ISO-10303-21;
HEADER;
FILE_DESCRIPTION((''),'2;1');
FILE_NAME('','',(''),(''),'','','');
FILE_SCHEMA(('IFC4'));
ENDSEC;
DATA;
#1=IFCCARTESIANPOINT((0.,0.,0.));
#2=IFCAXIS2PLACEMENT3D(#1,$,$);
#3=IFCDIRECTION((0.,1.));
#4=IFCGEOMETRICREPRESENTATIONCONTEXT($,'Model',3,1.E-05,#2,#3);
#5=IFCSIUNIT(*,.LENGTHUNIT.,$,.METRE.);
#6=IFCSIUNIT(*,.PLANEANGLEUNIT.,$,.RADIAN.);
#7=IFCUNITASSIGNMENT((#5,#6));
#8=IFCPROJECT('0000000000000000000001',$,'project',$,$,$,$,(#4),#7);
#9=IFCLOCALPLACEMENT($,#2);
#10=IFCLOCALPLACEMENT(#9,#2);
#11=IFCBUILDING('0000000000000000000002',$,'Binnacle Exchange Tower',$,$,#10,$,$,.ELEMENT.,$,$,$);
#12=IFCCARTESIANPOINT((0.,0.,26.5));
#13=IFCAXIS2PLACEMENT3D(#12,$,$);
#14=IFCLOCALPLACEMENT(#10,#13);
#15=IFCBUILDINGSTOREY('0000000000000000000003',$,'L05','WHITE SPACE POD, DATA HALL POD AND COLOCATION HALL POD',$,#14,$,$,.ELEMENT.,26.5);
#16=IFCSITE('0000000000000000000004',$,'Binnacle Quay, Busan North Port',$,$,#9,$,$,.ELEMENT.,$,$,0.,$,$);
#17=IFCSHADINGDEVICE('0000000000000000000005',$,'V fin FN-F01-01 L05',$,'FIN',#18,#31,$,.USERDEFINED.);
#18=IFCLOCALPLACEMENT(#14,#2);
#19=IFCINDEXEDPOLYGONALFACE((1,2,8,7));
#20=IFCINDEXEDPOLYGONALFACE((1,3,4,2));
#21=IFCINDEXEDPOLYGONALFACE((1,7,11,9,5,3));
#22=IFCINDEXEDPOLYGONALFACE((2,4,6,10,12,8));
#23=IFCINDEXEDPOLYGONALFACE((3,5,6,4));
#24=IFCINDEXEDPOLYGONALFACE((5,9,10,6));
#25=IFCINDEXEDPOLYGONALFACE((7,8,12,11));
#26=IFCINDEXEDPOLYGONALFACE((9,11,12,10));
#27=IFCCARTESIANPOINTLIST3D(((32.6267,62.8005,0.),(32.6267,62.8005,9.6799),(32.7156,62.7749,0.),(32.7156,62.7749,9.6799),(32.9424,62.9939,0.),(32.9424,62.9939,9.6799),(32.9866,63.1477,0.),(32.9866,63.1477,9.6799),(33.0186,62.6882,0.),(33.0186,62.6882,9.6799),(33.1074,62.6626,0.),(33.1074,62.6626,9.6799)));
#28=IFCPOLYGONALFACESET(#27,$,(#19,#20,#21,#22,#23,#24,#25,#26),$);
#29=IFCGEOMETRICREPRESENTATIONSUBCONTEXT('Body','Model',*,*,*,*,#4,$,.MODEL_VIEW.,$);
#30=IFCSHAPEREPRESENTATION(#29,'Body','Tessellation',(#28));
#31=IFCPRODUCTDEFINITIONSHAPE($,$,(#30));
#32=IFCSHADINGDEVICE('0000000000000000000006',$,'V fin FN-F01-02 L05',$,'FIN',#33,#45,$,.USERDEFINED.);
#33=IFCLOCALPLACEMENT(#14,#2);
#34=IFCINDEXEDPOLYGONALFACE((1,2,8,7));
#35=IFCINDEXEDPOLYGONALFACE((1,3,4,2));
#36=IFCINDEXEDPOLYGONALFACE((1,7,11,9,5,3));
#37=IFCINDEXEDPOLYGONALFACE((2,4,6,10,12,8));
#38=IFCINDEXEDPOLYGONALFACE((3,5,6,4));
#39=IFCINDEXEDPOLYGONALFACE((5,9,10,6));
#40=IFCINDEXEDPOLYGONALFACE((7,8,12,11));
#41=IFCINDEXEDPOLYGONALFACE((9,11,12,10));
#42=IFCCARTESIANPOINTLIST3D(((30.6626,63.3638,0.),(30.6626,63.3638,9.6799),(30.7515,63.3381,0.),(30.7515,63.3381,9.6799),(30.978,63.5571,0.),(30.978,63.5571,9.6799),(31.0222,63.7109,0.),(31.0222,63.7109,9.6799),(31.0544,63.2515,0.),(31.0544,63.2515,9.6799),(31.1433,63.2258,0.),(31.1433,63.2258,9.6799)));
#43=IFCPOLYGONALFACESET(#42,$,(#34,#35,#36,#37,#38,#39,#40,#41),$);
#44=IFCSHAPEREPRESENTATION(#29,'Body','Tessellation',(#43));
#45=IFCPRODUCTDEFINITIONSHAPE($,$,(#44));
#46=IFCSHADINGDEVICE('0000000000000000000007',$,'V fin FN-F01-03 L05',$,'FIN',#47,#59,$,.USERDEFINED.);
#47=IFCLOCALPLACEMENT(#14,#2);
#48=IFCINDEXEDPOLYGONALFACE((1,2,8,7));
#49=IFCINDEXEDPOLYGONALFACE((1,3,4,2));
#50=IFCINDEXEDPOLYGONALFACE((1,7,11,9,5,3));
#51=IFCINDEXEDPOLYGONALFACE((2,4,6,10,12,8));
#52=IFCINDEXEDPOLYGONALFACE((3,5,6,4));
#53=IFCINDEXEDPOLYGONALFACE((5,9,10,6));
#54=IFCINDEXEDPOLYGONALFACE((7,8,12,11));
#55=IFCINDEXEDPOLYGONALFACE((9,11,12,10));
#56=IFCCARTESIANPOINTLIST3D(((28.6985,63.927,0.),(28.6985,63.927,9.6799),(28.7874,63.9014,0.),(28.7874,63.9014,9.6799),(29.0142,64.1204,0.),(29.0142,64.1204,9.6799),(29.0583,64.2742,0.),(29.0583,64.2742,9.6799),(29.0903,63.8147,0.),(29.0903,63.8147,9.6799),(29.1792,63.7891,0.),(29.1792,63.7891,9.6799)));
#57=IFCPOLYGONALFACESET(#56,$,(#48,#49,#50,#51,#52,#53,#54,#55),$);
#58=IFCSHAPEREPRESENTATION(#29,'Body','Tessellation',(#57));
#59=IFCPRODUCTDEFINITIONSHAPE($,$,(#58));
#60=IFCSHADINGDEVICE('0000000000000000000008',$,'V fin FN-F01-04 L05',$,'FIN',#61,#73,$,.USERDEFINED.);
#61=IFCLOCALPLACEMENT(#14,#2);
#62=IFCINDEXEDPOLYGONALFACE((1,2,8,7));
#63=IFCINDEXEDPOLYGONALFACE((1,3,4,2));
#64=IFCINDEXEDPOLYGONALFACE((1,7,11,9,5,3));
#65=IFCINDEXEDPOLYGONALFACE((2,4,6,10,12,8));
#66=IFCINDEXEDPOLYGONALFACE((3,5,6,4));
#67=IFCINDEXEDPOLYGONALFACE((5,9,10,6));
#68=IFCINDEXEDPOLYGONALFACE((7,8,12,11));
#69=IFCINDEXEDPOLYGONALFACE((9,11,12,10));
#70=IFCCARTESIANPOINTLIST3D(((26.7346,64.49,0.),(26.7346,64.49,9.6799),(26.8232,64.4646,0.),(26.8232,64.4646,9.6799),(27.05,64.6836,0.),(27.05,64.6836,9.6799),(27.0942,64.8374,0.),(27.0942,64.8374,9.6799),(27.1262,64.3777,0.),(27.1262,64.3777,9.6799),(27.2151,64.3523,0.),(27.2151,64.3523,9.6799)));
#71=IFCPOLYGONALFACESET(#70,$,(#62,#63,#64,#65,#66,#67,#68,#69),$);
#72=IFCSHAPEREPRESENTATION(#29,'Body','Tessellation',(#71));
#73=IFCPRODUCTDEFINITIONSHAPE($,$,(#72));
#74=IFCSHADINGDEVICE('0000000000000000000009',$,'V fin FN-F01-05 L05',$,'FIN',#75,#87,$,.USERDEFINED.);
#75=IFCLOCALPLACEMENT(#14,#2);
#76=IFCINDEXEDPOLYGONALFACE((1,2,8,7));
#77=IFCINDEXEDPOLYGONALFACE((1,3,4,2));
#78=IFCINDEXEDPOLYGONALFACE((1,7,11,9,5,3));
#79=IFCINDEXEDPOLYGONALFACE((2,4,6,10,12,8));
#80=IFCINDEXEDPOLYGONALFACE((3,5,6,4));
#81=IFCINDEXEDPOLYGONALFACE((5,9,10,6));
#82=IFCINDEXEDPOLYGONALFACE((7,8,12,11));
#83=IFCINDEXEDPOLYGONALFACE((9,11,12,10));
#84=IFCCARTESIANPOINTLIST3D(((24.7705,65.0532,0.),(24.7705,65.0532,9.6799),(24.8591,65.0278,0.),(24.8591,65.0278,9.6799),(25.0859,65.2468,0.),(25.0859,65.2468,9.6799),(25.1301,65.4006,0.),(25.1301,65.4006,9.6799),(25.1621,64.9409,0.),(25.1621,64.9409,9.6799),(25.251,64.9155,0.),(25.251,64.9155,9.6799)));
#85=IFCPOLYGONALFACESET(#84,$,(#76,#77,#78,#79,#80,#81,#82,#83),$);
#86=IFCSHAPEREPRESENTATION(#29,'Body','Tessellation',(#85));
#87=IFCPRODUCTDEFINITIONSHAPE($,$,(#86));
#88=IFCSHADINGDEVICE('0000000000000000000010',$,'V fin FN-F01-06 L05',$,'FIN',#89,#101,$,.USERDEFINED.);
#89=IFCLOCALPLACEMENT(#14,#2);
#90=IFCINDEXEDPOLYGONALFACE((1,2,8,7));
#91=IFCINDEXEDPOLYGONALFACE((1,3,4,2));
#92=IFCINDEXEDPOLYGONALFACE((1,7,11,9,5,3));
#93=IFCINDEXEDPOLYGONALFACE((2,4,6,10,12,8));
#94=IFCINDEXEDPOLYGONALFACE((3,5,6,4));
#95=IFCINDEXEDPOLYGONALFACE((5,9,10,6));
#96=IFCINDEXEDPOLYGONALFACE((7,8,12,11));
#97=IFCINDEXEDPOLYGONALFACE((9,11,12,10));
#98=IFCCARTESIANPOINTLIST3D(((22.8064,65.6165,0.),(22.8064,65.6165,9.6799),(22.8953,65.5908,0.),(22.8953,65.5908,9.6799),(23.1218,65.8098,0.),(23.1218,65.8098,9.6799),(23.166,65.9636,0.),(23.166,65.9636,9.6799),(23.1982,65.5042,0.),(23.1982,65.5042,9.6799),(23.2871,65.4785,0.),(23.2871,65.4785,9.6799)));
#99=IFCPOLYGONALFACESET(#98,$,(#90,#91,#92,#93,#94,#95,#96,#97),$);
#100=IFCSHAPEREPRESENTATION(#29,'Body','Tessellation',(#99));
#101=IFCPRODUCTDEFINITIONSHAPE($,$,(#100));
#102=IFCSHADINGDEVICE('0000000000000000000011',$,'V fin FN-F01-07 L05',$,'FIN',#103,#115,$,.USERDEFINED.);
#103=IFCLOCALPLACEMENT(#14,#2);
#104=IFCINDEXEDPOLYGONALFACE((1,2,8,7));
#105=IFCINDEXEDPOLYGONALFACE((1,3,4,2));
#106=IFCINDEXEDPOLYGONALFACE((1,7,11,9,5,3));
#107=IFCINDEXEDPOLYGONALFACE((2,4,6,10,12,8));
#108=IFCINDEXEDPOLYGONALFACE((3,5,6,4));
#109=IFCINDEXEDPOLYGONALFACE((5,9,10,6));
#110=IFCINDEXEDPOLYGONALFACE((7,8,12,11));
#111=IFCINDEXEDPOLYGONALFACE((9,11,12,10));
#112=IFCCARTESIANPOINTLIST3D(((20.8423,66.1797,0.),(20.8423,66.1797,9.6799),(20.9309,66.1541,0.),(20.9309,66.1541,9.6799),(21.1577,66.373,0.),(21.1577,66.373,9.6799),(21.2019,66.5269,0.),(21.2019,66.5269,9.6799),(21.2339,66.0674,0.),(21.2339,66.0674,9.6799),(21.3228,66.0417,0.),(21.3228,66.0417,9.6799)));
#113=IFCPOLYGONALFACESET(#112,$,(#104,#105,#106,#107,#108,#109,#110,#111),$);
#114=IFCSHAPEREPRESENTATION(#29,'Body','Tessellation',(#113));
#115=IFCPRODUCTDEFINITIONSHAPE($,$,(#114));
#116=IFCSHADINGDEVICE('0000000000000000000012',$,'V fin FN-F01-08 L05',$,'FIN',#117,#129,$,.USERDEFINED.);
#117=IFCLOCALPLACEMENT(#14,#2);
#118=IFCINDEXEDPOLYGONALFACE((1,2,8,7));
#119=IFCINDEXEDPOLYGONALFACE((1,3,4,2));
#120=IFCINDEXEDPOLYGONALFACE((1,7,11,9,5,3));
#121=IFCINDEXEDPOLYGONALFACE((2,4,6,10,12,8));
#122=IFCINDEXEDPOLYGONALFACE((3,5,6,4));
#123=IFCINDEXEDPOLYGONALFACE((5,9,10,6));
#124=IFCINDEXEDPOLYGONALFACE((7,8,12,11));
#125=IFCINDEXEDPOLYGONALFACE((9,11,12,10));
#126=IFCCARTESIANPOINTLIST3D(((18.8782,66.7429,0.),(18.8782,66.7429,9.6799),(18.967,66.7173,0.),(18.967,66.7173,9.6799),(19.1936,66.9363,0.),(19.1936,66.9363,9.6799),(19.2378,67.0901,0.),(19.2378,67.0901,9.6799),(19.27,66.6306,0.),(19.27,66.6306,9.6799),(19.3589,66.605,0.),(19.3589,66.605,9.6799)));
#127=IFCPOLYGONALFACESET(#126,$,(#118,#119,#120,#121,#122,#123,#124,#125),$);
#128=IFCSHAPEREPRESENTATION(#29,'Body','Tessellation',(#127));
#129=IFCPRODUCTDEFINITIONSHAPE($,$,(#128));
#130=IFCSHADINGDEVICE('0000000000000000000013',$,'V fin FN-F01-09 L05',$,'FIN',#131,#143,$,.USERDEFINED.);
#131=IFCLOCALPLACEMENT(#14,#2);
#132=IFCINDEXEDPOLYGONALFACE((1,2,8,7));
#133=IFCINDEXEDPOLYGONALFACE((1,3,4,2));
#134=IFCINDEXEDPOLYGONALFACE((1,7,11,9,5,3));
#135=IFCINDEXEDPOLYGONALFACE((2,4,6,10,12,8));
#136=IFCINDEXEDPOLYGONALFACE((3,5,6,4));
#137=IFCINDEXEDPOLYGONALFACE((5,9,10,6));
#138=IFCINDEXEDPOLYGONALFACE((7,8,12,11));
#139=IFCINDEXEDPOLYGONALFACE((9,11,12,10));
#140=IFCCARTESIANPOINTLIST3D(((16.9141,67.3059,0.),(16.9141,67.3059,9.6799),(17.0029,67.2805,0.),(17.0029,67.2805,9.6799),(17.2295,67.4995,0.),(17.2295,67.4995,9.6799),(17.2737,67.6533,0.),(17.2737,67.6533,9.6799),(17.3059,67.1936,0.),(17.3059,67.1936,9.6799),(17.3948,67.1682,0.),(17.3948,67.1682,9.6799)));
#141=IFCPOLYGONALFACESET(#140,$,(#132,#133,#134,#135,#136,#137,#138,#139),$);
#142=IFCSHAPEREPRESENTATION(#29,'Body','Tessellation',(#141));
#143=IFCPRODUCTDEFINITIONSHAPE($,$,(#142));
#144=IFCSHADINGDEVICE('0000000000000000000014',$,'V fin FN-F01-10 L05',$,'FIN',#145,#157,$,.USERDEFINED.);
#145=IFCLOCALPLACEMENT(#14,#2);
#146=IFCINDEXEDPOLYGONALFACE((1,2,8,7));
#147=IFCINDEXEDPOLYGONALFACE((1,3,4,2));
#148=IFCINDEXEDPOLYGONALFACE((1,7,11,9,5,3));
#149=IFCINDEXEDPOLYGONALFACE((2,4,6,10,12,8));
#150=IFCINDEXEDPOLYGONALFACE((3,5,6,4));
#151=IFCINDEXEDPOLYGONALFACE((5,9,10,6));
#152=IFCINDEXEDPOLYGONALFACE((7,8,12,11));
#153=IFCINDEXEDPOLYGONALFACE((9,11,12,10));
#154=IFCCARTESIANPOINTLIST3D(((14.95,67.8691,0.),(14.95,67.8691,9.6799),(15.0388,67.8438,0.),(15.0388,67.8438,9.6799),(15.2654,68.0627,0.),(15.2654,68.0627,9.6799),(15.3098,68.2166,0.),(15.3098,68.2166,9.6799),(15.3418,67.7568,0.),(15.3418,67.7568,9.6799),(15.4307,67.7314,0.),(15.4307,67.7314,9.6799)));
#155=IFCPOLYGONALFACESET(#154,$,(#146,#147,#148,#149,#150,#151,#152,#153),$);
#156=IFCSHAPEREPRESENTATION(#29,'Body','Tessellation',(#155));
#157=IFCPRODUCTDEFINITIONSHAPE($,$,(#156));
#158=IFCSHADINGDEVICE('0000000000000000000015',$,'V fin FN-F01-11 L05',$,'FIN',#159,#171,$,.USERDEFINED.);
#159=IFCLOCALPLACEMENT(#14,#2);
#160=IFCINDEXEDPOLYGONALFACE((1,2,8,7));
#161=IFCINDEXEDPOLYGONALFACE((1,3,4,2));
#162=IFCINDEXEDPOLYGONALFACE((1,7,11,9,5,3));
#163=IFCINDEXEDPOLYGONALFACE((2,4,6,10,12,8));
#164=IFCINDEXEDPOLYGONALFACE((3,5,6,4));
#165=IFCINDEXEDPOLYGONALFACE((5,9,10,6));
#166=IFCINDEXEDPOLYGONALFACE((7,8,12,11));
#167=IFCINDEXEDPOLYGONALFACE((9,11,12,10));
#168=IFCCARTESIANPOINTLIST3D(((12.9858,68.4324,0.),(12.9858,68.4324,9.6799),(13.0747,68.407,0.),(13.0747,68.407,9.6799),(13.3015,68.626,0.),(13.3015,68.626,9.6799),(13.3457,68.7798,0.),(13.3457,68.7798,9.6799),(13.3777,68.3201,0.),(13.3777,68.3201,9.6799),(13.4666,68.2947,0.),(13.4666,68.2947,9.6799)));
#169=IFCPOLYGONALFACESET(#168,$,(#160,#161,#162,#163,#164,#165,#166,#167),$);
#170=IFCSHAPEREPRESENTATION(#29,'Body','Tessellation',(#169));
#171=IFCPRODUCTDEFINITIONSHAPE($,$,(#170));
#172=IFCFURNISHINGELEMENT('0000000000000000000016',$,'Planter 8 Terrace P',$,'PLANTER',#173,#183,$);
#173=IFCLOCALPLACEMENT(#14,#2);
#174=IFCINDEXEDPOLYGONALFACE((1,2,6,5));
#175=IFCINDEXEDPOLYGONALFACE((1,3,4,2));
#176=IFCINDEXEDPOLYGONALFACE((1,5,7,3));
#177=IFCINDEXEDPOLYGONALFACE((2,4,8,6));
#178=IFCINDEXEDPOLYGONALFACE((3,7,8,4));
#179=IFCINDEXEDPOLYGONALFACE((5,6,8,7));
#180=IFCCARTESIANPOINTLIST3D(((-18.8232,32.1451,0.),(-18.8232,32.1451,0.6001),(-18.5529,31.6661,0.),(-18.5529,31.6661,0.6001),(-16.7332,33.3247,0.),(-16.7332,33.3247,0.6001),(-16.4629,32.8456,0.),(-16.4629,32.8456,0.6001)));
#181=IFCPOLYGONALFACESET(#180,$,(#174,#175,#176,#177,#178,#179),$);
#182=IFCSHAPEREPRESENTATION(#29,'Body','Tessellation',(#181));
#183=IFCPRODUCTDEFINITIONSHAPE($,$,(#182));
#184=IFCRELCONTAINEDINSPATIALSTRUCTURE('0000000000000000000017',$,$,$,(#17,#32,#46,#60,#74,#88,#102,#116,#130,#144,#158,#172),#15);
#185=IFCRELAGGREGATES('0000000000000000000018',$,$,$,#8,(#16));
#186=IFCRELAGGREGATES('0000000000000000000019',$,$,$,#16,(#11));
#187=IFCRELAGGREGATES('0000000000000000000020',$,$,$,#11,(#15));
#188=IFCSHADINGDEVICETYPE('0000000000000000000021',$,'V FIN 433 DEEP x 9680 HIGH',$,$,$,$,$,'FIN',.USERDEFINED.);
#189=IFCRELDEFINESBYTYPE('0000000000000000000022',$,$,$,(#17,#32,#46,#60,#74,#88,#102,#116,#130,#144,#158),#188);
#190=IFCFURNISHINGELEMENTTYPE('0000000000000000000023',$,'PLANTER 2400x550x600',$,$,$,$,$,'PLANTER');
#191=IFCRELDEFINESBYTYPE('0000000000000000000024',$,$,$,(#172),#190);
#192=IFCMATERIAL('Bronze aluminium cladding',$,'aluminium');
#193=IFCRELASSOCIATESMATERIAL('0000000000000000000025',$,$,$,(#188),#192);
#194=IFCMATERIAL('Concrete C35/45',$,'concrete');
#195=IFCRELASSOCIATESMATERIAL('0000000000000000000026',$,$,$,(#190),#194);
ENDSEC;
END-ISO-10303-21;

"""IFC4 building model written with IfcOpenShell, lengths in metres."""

from ifc_helpers import new_model, si_unit, direction, frame, origin, origin_2d, place, context, subcontext, project, spatial, polyline, rectangle, outline, extrude, material, type_object, element, save


model = new_model("IFC4")

# Units and contexts
model_context = context("Model", 3, precision=1e-05, world=origin(), true_north=direction((0.0, 1.0)))
body_context = subcontext(model_context, "Body", "Model", "MODEL_VIEW")
ifc_project = project(units=[si_unit("LENGTHUNIT", "METRE"), si_unit("PLANEANGLEUNIT", "RADIAN")], contexts=[model_context])

# Site, building, storey
site_placement = place(None, origin())
site = spatial("IfcSite", under=ifc_project, at=site_placement, Name="Binnacle Quay, Busan North Port", CompositionType="ELEMENT", RefElevation=0.0)
building_placement = place(site_placement, origin())
building = spatial("IfcBuilding", under=site, at=building_placement, Name="Binnacle Exchange Tower", CompositionType="ELEMENT")
storey_placement = place(building_placement, frame((0.0, 0.0, 26.5)))
storey = spatial("IfcBuildingStorey", under=building, at=storey_placement, Name="L05", Description="WHITE SPACE POD, DATA HALL POD AND COLOCATION HALL POD", CompositionType="ELEMENT", Elevation=26.5)

# Shared definitions
ifc_material_1 = material(Name="Concrete C35/45", Category="concrete")

# Shading devices
ifc_material_2 = material(Name="Bronze aluminium cladding", Category="aluminium")
shading_device_type = type_object("IfcShadingDeviceType", Name="V FIN 433 DEEP x 9680 HIGH", ElementType="FIN", PredefinedType="USERDEFINED", material=ifc_material_2)
shading_device_1_placement = place(storey_placement, origin())
element("IfcShadingDevice", 1, at=shading_device_1_placement, inside=storey, type_object=shading_device_type, Name="V fin FN-F01-01 L05", ObjectType="FIN", PredefinedType="USERDEFINED", context=body_context, shape_type="SweptSolid", body=[
    extrude(outline(polyline([(33.1074, 62.6626), (32.9866, 63.1477), (32.6267, 62.8005), (32.7156, 62.7749), (32.9424, 62.9939), (33.0186, 62.6882), (33.1074, 62.6626)])), origin(), (0.0, 0.0, 1.0), 9.6799),
])
shading_device_2_placement = place(storey_placement, origin())
element("IfcShadingDevice", 2, at=shading_device_2_placement, inside=storey, type_object=shading_device_type, Name="V fin FN-F01-02 L05", ObjectType="FIN", PredefinedType="USERDEFINED", context=body_context, shape_type="SweptSolid", body=[
    extrude(outline(polyline([(31.1433, 63.2258), (31.0222, 63.7109), (30.6626, 63.3638), (30.7515, 63.3381), (30.978, 63.5571), (31.0544, 63.2515), (31.1433, 63.2258)])), origin(), (0.0, 0.0, 1.0), 9.6799),
])
shading_device_3_placement = place(storey_placement, origin())
element("IfcShadingDevice", 3, at=shading_device_3_placement, inside=storey, type_object=shading_device_type, Name="V fin FN-F01-03 L05", ObjectType="FIN", PredefinedType="USERDEFINED", context=body_context, shape_type="SweptSolid", body=[
    extrude(outline(polyline([(29.1792, 63.7891), (29.0583, 64.2742), (28.6985, 63.927), (28.7874, 63.9014), (29.0142, 64.1204), (29.0903, 63.8147), (29.1792, 63.7891)])), origin(), (0.0, 0.0, 1.0), 9.6799),
])
shading_device_4_placement = place(storey_placement, origin())
element("IfcShadingDevice", 4, at=shading_device_4_placement, inside=storey, type_object=shading_device_type, Name="V fin FN-F01-04 L05", ObjectType="FIN", PredefinedType="USERDEFINED", context=body_context, shape_type="SweptSolid", body=[
    extrude(outline(polyline([(27.2151, 64.3523), (27.0942, 64.8374), (26.7346, 64.49), (26.8232, 64.4646), (27.05, 64.6836), (27.1262, 64.3777), (27.2151, 64.3523)])), origin(), (0.0, 0.0, 1.0), 9.6799),
])
shading_device_5_placement = place(storey_placement, origin())
element("IfcShadingDevice", 5, at=shading_device_5_placement, inside=storey, type_object=shading_device_type, Name="V fin FN-F01-05 L05", ObjectType="FIN", PredefinedType="USERDEFINED", context=body_context, shape_type="SweptSolid", body=[
    extrude(outline(polyline([(25.251, 64.9155), (25.1301, 65.4006), (24.7705, 65.0532), (24.8591, 65.0278), (25.0859, 65.2468), (25.1621, 64.9409), (25.251, 64.9155)])), origin(), (0.0, 0.0, 1.0), 9.6799),
])
shading_device_6_placement = place(storey_placement, origin())
element("IfcShadingDevice", 6, at=shading_device_6_placement, inside=storey, type_object=shading_device_type, Name="V fin FN-F01-06 L05", ObjectType="FIN", PredefinedType="USERDEFINED", context=body_context, shape_type="SweptSolid", body=[
    extrude(outline(polyline([(23.2871, 65.4785), (23.166, 65.9636), (22.8064, 65.6165), (22.8953, 65.5908), (23.1218, 65.8098), (23.1982, 65.5042), (23.2871, 65.4785)])), origin(), (0.0, 0.0, 1.0), 9.6799),
])
shading_device_7_placement = place(storey_placement, origin())
element("IfcShadingDevice", 7, at=shading_device_7_placement, inside=storey, type_object=shading_device_type, Name="V fin FN-F01-07 L05", ObjectType="FIN", PredefinedType="USERDEFINED", context=body_context, shape_type="SweptSolid", body=[
    extrude(outline(polyline([(21.3228, 66.0417), (21.2019, 66.5269), (20.8423, 66.1797), (20.9309, 66.1541), (21.1577, 66.373), (21.2339, 66.0674), (21.3228, 66.0417)])), origin(), (0.0, 0.0, 1.0), 9.6799),
])
shading_device_8_placement = place(storey_placement, origin())
element("IfcShadingDevice", 8, at=shading_device_8_placement, inside=storey, type_object=shading_device_type, Name="V fin FN-F01-08 L05", ObjectType="FIN", PredefinedType="USERDEFINED", context=body_context, shape_type="SweptSolid", body=[
    extrude(outline(polyline([(19.3589, 66.605), (19.2378, 67.0901), (18.8782, 66.7429), (18.967, 66.7173), (19.1936, 66.9363), (19.27, 66.6306), (19.3589, 66.605)])), origin(), (0.0, 0.0, 1.0), 9.6799),
])
shading_device_9_placement = place(storey_placement, origin())
element("IfcShadingDevice", 9, at=shading_device_9_placement, inside=storey, type_object=shading_device_type, Name="V fin FN-F01-09 L05", ObjectType="FIN", PredefinedType="USERDEFINED", context=body_context, shape_type="SweptSolid", body=[
    extrude(outline(polyline([(17.3948, 67.1682), (17.2737, 67.6533), (16.9141, 67.3059), (17.0029, 67.2805), (17.2295, 67.4995), (17.3059, 67.1936), (17.3948, 67.1682)])), origin(), (0.0, 0.0, 1.0), 9.6799),
])
shading_device_10_placement = place(storey_placement, origin())
element("IfcShadingDevice", 10, at=shading_device_10_placement, inside=storey, type_object=shading_device_type, Name="V fin FN-F01-10 L05", ObjectType="FIN", PredefinedType="USERDEFINED", context=body_context, shape_type="SweptSolid", body=[
    extrude(outline(polyline([(15.4307, 67.7314), (15.3098, 68.2166), (14.95, 67.8691), (15.0388, 67.8438), (15.2654, 68.0627), (15.3418, 67.7568), (15.4307, 67.7314)])), origin(), (0.0, 0.0, 1.0), 9.6799),
])
shading_device_11_placement = place(storey_placement, origin())
element("IfcShadingDevice", 11, at=shading_device_11_placement, inside=storey, type_object=shading_device_type, Name="V fin FN-F01-11 L05", ObjectType="FIN", PredefinedType="USERDEFINED", context=body_context, shape_type="SweptSolid", body=[
    extrude(outline(polyline([(13.4666, 68.2947), (13.3457, 68.7798), (12.9858, 68.4324), (13.0747, 68.407), (13.3015, 68.626), (13.3777, 68.3201), (13.4666, 68.2947)])), origin(), (0.0, 0.0, 1.0), 9.6799),
])

# Furnishing element
furnishing_element_type = type_object("IfcFurnishingElementType", Name="PLANTER 2400x550x600", ElementType="PLANTER", material=ifc_material_1)
furnishing_placement = place(storey_placement, frame((-17.6431, 32.4954, 0.0), z_axis=(0.0, 0.0, 1.0), x_axis=(0.870867, 0.491518, 0.0)))
element("IfcFurnishingElement", 12, at=furnishing_placement, inside=storey, type_object=furnishing_element_type, Name="Planter 8 Terrace P", ObjectType="PLANTER", context=body_context, shape_type="SweptSolid", body=[
    extrude(rectangle(XDim=2.3999, YDim=0.55, at=origin_2d()), origin(), (0.0, 0.0, 1.0), 0.6001),
])

save(model, "model.ifc")
